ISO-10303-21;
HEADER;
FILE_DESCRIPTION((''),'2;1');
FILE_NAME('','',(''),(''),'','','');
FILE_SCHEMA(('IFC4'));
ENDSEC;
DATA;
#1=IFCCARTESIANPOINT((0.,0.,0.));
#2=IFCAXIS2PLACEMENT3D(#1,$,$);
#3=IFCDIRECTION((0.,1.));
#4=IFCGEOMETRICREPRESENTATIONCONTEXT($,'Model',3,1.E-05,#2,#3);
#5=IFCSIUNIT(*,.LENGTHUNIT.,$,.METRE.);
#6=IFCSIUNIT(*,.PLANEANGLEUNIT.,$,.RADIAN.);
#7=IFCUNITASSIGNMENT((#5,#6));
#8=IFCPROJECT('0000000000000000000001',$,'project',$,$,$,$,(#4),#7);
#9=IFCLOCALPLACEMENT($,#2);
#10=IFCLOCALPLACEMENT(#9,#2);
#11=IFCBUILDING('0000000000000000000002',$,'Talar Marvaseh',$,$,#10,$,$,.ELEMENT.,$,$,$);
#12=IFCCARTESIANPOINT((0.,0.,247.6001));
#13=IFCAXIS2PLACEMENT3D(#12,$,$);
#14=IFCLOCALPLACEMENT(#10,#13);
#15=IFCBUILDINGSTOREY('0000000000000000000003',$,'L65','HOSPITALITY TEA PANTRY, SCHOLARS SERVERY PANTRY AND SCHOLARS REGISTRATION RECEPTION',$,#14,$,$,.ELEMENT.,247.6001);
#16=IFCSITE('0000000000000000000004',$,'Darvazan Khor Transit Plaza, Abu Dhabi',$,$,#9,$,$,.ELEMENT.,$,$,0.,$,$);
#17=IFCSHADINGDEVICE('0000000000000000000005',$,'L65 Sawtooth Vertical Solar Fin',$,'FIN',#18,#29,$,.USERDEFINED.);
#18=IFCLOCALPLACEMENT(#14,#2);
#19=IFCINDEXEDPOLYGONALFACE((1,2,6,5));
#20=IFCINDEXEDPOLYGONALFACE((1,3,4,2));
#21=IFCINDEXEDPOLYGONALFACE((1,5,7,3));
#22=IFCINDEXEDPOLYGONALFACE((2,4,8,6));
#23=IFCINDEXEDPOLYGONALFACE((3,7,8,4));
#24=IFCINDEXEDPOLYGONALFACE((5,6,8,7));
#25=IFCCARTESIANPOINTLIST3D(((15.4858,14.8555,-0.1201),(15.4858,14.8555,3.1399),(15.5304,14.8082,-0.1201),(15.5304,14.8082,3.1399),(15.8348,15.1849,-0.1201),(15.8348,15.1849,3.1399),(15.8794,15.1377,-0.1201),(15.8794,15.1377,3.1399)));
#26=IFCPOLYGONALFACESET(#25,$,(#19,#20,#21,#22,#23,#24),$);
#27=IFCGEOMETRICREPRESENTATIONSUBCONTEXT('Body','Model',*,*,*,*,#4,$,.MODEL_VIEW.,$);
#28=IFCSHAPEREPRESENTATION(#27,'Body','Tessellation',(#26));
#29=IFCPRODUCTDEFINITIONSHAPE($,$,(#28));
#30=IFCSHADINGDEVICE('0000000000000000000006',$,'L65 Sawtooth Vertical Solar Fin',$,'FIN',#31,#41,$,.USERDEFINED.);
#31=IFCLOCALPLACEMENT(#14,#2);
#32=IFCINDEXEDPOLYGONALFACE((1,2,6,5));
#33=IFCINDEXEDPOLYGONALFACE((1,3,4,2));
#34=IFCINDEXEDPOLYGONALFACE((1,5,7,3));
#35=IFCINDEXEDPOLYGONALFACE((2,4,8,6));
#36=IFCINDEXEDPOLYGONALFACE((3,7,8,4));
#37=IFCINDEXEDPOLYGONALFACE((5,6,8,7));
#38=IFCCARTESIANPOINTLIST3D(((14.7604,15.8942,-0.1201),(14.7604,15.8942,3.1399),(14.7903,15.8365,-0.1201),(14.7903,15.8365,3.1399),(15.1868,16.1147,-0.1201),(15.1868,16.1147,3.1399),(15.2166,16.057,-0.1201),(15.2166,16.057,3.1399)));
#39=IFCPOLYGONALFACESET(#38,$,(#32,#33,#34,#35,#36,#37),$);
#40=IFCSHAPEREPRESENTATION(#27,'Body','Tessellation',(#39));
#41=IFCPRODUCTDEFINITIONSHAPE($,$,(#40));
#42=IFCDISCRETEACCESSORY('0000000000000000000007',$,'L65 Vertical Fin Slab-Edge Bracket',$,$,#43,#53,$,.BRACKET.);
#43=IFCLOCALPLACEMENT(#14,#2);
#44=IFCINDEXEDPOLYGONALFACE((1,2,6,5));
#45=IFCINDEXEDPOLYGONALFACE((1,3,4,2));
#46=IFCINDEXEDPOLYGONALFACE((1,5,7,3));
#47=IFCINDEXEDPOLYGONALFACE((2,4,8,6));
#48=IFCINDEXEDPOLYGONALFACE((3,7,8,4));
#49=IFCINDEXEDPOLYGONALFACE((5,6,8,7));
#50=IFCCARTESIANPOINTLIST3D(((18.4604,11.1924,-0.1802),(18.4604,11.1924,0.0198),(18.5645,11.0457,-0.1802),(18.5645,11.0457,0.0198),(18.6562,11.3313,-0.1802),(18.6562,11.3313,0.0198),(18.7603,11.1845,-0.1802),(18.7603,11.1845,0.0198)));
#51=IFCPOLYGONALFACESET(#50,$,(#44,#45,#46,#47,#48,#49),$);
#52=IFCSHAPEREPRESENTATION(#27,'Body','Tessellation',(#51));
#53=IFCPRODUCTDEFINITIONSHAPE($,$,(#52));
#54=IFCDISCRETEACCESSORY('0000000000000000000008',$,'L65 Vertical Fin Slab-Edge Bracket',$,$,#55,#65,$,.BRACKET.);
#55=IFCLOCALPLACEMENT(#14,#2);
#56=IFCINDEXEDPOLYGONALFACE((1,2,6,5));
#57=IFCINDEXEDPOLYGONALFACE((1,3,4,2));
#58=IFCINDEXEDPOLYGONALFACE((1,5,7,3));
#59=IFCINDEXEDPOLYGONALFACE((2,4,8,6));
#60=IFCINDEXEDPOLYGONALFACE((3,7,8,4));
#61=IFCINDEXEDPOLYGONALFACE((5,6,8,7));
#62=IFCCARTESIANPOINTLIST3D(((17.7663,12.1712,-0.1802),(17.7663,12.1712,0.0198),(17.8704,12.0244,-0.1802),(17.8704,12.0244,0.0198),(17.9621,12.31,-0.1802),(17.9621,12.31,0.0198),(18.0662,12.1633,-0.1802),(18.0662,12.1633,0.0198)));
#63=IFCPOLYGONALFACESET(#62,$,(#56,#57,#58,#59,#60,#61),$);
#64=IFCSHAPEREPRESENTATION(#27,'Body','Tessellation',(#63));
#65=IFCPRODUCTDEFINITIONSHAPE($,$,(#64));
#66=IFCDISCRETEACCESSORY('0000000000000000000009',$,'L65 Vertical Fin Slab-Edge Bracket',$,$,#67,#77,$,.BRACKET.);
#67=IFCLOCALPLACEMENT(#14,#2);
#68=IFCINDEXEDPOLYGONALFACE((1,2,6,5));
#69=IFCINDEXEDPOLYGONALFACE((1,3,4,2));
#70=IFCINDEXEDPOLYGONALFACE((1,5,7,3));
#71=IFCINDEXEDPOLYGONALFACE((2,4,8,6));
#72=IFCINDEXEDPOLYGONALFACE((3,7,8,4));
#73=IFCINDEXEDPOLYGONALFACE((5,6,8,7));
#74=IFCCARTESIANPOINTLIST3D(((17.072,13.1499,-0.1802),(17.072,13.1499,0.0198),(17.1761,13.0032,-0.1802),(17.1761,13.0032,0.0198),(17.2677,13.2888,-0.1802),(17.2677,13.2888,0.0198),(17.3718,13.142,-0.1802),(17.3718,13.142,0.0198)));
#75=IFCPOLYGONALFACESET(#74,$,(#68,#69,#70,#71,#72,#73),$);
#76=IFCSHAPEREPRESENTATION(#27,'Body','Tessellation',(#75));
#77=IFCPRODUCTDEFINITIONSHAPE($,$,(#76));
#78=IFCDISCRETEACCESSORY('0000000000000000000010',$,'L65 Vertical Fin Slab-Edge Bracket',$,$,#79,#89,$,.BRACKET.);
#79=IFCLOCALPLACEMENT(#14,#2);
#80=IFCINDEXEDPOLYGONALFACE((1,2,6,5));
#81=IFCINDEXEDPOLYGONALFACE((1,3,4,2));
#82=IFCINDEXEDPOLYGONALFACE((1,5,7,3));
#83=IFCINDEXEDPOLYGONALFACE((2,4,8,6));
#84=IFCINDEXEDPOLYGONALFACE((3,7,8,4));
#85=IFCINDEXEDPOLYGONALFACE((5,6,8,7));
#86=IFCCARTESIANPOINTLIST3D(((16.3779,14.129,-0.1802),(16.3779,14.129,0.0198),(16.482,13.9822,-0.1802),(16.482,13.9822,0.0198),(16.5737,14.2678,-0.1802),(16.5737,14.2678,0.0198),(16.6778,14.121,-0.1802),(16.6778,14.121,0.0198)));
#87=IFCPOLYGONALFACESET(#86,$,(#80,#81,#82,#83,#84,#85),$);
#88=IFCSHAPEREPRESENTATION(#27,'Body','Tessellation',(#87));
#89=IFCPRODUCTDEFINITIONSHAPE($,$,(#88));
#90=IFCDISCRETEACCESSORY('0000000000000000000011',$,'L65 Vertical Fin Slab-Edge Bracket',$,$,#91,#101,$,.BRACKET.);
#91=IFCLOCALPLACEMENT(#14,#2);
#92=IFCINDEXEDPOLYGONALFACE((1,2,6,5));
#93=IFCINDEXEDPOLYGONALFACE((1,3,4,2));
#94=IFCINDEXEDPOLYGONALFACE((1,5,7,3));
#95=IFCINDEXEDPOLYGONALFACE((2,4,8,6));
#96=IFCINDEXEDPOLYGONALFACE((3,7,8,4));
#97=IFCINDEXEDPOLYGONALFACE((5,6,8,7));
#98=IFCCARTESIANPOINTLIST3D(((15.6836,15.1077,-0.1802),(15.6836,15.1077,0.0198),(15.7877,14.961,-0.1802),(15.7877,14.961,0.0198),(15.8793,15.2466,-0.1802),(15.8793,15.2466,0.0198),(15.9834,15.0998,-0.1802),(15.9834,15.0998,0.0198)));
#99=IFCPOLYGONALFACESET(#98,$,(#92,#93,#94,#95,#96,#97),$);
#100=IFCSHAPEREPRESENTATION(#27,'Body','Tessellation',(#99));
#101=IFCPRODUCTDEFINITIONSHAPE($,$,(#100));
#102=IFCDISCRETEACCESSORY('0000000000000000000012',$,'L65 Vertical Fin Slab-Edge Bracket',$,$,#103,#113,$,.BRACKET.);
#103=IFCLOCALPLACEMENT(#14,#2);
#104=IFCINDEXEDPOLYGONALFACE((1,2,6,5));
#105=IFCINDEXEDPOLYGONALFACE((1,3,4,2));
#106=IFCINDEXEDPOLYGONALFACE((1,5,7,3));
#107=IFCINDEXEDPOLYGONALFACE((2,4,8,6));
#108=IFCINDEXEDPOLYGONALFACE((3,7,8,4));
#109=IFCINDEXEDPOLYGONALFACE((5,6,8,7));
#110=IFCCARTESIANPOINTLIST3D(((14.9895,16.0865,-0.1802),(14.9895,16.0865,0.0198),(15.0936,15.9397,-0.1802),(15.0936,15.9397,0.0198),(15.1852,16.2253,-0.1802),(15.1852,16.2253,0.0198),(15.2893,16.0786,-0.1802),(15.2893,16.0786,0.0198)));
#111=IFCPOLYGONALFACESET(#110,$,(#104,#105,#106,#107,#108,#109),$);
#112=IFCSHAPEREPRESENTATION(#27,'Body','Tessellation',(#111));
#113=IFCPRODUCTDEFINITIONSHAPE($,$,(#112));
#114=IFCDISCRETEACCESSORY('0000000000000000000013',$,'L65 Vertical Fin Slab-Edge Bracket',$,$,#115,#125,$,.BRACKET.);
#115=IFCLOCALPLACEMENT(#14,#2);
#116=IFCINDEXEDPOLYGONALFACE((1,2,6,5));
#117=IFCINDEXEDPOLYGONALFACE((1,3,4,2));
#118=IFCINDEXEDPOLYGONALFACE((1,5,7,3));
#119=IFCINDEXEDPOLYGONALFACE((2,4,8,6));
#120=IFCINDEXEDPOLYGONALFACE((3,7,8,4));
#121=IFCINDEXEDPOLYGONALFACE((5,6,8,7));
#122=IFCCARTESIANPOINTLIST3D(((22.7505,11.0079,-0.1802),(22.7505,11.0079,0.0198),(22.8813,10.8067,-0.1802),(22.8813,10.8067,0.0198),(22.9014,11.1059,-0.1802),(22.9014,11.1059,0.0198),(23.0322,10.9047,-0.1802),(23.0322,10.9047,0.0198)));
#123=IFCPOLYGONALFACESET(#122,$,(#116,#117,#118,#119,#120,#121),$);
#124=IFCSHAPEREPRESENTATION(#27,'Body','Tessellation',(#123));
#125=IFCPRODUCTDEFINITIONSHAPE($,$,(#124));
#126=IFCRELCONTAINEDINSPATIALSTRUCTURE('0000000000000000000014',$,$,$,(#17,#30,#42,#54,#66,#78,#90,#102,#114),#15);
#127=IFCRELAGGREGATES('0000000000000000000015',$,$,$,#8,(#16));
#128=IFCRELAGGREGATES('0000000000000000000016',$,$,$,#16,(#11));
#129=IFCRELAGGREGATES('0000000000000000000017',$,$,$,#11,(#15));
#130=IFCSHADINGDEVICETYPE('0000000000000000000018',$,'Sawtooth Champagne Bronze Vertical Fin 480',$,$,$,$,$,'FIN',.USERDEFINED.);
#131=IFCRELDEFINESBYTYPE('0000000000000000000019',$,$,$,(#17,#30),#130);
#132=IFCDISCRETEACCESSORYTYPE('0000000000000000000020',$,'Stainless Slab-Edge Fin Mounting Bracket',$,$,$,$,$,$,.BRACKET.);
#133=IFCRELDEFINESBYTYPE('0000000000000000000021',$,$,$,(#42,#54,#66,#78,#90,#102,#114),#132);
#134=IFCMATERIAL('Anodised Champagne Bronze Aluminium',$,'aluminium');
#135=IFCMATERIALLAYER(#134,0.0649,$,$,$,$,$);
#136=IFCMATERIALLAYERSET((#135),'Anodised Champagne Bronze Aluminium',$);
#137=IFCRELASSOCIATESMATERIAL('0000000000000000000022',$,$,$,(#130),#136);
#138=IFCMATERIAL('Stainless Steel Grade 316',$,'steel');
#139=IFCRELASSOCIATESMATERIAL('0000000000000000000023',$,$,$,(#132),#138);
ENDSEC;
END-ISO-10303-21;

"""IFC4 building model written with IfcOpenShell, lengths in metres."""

from ifc_helpers import new_model, si_unit, direction, frame, origin, origin_2d, place, context, subcontext, project, spatial, rectangle, extrude, source, transform, mapped, material, layer, layer_set, type_object, type_shapes, element, save


model = new_model("IFC4")

# Units and contexts
model_context = context("Model", 3, precision=1e-05, world=origin(), true_north=direction((0.0, 1.0)))
body_context = subcontext(model_context, "Body", "Model", "MODEL_VIEW")
ifc_project = project(units=[si_unit("LENGTHUNIT", "METRE"), si_unit("PLANEANGLEUNIT", "RADIAN")], contexts=[model_context])

# Site, building, storey
site_placement = place(None, origin())
site = spatial("IfcSite", under=ifc_project, at=site_placement, Name="Darvazan Khor Transit Plaza, Abu Dhabi", CompositionType="ELEMENT", RefElevation=0.0)
building_placement = place(site_placement, origin())
building = spatial("IfcBuilding", under=site, at=building_placement, Name="Talar Marvaseh", CompositionType="ELEMENT")
storey_placement = place(building_placement, frame((0.0, 0.0, 247.6001)))
storey = spatial("IfcBuildingStorey", under=building, at=storey_placement, Name="L65", Description="HOSPITALITY TEA PANTRY, SCHOLARS SERVERY PANTRY AND SCHOLARS REGISTRATION RECEPTION", CompositionType="ELEMENT", Elevation=247.6001)

# Shading devices
ifc_material_1 = material(Name="Anodised Champagne Bronze Aluminium", Category="aluminium")
ifc_layer_1 = layer(ifc_material_1, 0.0649)
ifc_layer_set_1 = layer_set([ifc_layer_1], Name="Anodised Champagne Bronze Aluminium")
shading_device_type_1 = type_object("IfcShadingDeviceType", Name="Sawtooth Champagne Bronze Vertical Fin 480", ElementType="FIN", PredefinedType="USERDEFINED", material=ifc_layer_set_1)
shared_shape_1 = source(origin(), body_context, "Body", "SweptSolid", [
    extrude(rectangle(XDim=0.48, YDim=0.0649, at=origin_2d()), origin(), (0.0, 0.0, 1.0), 3.26),
])
type_shapes(shading_device_type_1, [shared_shape_1])
for number, where, z_axis, x_axis, name in (
    (1, (15.6826, 14.9966, -0.1201), (0.0, 0.0, 1.0), (-0.727174, -0.686453, 0.0), "L65 Sawtooth Vertical Solar Fin"),
    (2, (14.9885, 15.9756, -0.1201), (0.0, 0.0, 1.0), (-0.888217, -0.459425, 0.0), "L65 Sawtooth Vertical Solar Fin"),
):
    element("IfcShadingDevice", number, at=place(storey_placement, frame(where, z_axis=z_axis, x_axis=x_axis)), inside=storey, type_object=shading_device_type_1, Name=name, ObjectType="FIN", PredefinedType="USERDEFINED", context=body_context, shape_type="MappedRepresentation", body=[
        mapped(shared_shape_1, transform((0.0, 0.0, 0.0), x_axis=(1.0, 0.0, 0.0), y_axis=(0.0, 1.0, 0.0), z_axis=(0.0, 0.0, 1.0), scale=1.0)),
    ])

# Discrete accessories
ifc_material_2 = material(Name="Stainless Steel Grade 316", Category="steel")
discrete_accessory_type = type_object("IfcDiscreteAccessoryType", Name="Stainless Slab-Edge Fin Mounting Bracket", PredefinedType="BRACKET", material=ifc_material_2)
shared_shape_2 = source(origin(), body_context, "Body", "SweptSolid", [
    extrude(rectangle(XDim=0.24, YDim=0.1799, at=origin_2d()), origin(), (0.0, 0.0, 1.0), 0.2),
])
type_shapes(discrete_accessory_type, [shared_shape_2])
for number, where, z_axis, x_axis, name in (
    (3, (18.6104, 11.1885, -0.1802), (0.0, 0.0, 1.0), (-0.815633, -0.57857, 0.0), "L65 Vertical Fin Slab-Edge Bracket"),
    (4, (17.9163, 12.1672, -0.1802), (0.0, 0.0, 1.0), (-0.815633, -0.57857, 0.0), "L65 Vertical Fin Slab-Edge Bracket"),
    (5, (17.2219, 13.146, -0.1802), (0.0, 0.0, 1.0), (-0.815633, -0.57857, 0.0), "L65 Vertical Fin Slab-Edge Bracket"),
    (6, (16.5278, 14.125, -0.1802), (0.0, 0.0, 1.0), (-0.815633, -0.57857, 0.0), "L65 Vertical Fin Slab-Edge Bracket"),
    (7, (15.8335, 15.1038, -0.1802), (0.0, 0.0, 1.0), (-0.815633, -0.57857, 0.0), "L65 Vertical Fin Slab-Edge Bracket"),
    (8, (15.1394, 16.0825, -0.1802), (0.0, 0.0, 1.0), (-0.815633, -0.57857, 0.0), "L65 Vertical Fin Slab-Edge Bracket"),
    (9, (22.8914, 10.9563, -0.1802), (0.0, 0.0, 1.0), (0.544785, -0.838575, 0.0), "L65 Vertical Fin Slab-Edge Bracket"),
):
    element("IfcDiscreteAccessory", number, at=place(storey_placement, frame(where, z_axis=z_axis, x_axis=x_axis)), inside=storey, type_object=discrete_accessory_type, Name=name, PredefinedType="BRACKET", context=body_context, shape_type="MappedRepresentation", body=[
        mapped(shared_shape_2, transform((0.0, 0.0, 0.0), x_axis=(1.0, 0.0, 0.0), y_axis=(0.0, 1.0, 0.0), z_axis=(0.0, 0.0, 1.0), scale=1.0)),
    ])

save(model, "model.ifc")
